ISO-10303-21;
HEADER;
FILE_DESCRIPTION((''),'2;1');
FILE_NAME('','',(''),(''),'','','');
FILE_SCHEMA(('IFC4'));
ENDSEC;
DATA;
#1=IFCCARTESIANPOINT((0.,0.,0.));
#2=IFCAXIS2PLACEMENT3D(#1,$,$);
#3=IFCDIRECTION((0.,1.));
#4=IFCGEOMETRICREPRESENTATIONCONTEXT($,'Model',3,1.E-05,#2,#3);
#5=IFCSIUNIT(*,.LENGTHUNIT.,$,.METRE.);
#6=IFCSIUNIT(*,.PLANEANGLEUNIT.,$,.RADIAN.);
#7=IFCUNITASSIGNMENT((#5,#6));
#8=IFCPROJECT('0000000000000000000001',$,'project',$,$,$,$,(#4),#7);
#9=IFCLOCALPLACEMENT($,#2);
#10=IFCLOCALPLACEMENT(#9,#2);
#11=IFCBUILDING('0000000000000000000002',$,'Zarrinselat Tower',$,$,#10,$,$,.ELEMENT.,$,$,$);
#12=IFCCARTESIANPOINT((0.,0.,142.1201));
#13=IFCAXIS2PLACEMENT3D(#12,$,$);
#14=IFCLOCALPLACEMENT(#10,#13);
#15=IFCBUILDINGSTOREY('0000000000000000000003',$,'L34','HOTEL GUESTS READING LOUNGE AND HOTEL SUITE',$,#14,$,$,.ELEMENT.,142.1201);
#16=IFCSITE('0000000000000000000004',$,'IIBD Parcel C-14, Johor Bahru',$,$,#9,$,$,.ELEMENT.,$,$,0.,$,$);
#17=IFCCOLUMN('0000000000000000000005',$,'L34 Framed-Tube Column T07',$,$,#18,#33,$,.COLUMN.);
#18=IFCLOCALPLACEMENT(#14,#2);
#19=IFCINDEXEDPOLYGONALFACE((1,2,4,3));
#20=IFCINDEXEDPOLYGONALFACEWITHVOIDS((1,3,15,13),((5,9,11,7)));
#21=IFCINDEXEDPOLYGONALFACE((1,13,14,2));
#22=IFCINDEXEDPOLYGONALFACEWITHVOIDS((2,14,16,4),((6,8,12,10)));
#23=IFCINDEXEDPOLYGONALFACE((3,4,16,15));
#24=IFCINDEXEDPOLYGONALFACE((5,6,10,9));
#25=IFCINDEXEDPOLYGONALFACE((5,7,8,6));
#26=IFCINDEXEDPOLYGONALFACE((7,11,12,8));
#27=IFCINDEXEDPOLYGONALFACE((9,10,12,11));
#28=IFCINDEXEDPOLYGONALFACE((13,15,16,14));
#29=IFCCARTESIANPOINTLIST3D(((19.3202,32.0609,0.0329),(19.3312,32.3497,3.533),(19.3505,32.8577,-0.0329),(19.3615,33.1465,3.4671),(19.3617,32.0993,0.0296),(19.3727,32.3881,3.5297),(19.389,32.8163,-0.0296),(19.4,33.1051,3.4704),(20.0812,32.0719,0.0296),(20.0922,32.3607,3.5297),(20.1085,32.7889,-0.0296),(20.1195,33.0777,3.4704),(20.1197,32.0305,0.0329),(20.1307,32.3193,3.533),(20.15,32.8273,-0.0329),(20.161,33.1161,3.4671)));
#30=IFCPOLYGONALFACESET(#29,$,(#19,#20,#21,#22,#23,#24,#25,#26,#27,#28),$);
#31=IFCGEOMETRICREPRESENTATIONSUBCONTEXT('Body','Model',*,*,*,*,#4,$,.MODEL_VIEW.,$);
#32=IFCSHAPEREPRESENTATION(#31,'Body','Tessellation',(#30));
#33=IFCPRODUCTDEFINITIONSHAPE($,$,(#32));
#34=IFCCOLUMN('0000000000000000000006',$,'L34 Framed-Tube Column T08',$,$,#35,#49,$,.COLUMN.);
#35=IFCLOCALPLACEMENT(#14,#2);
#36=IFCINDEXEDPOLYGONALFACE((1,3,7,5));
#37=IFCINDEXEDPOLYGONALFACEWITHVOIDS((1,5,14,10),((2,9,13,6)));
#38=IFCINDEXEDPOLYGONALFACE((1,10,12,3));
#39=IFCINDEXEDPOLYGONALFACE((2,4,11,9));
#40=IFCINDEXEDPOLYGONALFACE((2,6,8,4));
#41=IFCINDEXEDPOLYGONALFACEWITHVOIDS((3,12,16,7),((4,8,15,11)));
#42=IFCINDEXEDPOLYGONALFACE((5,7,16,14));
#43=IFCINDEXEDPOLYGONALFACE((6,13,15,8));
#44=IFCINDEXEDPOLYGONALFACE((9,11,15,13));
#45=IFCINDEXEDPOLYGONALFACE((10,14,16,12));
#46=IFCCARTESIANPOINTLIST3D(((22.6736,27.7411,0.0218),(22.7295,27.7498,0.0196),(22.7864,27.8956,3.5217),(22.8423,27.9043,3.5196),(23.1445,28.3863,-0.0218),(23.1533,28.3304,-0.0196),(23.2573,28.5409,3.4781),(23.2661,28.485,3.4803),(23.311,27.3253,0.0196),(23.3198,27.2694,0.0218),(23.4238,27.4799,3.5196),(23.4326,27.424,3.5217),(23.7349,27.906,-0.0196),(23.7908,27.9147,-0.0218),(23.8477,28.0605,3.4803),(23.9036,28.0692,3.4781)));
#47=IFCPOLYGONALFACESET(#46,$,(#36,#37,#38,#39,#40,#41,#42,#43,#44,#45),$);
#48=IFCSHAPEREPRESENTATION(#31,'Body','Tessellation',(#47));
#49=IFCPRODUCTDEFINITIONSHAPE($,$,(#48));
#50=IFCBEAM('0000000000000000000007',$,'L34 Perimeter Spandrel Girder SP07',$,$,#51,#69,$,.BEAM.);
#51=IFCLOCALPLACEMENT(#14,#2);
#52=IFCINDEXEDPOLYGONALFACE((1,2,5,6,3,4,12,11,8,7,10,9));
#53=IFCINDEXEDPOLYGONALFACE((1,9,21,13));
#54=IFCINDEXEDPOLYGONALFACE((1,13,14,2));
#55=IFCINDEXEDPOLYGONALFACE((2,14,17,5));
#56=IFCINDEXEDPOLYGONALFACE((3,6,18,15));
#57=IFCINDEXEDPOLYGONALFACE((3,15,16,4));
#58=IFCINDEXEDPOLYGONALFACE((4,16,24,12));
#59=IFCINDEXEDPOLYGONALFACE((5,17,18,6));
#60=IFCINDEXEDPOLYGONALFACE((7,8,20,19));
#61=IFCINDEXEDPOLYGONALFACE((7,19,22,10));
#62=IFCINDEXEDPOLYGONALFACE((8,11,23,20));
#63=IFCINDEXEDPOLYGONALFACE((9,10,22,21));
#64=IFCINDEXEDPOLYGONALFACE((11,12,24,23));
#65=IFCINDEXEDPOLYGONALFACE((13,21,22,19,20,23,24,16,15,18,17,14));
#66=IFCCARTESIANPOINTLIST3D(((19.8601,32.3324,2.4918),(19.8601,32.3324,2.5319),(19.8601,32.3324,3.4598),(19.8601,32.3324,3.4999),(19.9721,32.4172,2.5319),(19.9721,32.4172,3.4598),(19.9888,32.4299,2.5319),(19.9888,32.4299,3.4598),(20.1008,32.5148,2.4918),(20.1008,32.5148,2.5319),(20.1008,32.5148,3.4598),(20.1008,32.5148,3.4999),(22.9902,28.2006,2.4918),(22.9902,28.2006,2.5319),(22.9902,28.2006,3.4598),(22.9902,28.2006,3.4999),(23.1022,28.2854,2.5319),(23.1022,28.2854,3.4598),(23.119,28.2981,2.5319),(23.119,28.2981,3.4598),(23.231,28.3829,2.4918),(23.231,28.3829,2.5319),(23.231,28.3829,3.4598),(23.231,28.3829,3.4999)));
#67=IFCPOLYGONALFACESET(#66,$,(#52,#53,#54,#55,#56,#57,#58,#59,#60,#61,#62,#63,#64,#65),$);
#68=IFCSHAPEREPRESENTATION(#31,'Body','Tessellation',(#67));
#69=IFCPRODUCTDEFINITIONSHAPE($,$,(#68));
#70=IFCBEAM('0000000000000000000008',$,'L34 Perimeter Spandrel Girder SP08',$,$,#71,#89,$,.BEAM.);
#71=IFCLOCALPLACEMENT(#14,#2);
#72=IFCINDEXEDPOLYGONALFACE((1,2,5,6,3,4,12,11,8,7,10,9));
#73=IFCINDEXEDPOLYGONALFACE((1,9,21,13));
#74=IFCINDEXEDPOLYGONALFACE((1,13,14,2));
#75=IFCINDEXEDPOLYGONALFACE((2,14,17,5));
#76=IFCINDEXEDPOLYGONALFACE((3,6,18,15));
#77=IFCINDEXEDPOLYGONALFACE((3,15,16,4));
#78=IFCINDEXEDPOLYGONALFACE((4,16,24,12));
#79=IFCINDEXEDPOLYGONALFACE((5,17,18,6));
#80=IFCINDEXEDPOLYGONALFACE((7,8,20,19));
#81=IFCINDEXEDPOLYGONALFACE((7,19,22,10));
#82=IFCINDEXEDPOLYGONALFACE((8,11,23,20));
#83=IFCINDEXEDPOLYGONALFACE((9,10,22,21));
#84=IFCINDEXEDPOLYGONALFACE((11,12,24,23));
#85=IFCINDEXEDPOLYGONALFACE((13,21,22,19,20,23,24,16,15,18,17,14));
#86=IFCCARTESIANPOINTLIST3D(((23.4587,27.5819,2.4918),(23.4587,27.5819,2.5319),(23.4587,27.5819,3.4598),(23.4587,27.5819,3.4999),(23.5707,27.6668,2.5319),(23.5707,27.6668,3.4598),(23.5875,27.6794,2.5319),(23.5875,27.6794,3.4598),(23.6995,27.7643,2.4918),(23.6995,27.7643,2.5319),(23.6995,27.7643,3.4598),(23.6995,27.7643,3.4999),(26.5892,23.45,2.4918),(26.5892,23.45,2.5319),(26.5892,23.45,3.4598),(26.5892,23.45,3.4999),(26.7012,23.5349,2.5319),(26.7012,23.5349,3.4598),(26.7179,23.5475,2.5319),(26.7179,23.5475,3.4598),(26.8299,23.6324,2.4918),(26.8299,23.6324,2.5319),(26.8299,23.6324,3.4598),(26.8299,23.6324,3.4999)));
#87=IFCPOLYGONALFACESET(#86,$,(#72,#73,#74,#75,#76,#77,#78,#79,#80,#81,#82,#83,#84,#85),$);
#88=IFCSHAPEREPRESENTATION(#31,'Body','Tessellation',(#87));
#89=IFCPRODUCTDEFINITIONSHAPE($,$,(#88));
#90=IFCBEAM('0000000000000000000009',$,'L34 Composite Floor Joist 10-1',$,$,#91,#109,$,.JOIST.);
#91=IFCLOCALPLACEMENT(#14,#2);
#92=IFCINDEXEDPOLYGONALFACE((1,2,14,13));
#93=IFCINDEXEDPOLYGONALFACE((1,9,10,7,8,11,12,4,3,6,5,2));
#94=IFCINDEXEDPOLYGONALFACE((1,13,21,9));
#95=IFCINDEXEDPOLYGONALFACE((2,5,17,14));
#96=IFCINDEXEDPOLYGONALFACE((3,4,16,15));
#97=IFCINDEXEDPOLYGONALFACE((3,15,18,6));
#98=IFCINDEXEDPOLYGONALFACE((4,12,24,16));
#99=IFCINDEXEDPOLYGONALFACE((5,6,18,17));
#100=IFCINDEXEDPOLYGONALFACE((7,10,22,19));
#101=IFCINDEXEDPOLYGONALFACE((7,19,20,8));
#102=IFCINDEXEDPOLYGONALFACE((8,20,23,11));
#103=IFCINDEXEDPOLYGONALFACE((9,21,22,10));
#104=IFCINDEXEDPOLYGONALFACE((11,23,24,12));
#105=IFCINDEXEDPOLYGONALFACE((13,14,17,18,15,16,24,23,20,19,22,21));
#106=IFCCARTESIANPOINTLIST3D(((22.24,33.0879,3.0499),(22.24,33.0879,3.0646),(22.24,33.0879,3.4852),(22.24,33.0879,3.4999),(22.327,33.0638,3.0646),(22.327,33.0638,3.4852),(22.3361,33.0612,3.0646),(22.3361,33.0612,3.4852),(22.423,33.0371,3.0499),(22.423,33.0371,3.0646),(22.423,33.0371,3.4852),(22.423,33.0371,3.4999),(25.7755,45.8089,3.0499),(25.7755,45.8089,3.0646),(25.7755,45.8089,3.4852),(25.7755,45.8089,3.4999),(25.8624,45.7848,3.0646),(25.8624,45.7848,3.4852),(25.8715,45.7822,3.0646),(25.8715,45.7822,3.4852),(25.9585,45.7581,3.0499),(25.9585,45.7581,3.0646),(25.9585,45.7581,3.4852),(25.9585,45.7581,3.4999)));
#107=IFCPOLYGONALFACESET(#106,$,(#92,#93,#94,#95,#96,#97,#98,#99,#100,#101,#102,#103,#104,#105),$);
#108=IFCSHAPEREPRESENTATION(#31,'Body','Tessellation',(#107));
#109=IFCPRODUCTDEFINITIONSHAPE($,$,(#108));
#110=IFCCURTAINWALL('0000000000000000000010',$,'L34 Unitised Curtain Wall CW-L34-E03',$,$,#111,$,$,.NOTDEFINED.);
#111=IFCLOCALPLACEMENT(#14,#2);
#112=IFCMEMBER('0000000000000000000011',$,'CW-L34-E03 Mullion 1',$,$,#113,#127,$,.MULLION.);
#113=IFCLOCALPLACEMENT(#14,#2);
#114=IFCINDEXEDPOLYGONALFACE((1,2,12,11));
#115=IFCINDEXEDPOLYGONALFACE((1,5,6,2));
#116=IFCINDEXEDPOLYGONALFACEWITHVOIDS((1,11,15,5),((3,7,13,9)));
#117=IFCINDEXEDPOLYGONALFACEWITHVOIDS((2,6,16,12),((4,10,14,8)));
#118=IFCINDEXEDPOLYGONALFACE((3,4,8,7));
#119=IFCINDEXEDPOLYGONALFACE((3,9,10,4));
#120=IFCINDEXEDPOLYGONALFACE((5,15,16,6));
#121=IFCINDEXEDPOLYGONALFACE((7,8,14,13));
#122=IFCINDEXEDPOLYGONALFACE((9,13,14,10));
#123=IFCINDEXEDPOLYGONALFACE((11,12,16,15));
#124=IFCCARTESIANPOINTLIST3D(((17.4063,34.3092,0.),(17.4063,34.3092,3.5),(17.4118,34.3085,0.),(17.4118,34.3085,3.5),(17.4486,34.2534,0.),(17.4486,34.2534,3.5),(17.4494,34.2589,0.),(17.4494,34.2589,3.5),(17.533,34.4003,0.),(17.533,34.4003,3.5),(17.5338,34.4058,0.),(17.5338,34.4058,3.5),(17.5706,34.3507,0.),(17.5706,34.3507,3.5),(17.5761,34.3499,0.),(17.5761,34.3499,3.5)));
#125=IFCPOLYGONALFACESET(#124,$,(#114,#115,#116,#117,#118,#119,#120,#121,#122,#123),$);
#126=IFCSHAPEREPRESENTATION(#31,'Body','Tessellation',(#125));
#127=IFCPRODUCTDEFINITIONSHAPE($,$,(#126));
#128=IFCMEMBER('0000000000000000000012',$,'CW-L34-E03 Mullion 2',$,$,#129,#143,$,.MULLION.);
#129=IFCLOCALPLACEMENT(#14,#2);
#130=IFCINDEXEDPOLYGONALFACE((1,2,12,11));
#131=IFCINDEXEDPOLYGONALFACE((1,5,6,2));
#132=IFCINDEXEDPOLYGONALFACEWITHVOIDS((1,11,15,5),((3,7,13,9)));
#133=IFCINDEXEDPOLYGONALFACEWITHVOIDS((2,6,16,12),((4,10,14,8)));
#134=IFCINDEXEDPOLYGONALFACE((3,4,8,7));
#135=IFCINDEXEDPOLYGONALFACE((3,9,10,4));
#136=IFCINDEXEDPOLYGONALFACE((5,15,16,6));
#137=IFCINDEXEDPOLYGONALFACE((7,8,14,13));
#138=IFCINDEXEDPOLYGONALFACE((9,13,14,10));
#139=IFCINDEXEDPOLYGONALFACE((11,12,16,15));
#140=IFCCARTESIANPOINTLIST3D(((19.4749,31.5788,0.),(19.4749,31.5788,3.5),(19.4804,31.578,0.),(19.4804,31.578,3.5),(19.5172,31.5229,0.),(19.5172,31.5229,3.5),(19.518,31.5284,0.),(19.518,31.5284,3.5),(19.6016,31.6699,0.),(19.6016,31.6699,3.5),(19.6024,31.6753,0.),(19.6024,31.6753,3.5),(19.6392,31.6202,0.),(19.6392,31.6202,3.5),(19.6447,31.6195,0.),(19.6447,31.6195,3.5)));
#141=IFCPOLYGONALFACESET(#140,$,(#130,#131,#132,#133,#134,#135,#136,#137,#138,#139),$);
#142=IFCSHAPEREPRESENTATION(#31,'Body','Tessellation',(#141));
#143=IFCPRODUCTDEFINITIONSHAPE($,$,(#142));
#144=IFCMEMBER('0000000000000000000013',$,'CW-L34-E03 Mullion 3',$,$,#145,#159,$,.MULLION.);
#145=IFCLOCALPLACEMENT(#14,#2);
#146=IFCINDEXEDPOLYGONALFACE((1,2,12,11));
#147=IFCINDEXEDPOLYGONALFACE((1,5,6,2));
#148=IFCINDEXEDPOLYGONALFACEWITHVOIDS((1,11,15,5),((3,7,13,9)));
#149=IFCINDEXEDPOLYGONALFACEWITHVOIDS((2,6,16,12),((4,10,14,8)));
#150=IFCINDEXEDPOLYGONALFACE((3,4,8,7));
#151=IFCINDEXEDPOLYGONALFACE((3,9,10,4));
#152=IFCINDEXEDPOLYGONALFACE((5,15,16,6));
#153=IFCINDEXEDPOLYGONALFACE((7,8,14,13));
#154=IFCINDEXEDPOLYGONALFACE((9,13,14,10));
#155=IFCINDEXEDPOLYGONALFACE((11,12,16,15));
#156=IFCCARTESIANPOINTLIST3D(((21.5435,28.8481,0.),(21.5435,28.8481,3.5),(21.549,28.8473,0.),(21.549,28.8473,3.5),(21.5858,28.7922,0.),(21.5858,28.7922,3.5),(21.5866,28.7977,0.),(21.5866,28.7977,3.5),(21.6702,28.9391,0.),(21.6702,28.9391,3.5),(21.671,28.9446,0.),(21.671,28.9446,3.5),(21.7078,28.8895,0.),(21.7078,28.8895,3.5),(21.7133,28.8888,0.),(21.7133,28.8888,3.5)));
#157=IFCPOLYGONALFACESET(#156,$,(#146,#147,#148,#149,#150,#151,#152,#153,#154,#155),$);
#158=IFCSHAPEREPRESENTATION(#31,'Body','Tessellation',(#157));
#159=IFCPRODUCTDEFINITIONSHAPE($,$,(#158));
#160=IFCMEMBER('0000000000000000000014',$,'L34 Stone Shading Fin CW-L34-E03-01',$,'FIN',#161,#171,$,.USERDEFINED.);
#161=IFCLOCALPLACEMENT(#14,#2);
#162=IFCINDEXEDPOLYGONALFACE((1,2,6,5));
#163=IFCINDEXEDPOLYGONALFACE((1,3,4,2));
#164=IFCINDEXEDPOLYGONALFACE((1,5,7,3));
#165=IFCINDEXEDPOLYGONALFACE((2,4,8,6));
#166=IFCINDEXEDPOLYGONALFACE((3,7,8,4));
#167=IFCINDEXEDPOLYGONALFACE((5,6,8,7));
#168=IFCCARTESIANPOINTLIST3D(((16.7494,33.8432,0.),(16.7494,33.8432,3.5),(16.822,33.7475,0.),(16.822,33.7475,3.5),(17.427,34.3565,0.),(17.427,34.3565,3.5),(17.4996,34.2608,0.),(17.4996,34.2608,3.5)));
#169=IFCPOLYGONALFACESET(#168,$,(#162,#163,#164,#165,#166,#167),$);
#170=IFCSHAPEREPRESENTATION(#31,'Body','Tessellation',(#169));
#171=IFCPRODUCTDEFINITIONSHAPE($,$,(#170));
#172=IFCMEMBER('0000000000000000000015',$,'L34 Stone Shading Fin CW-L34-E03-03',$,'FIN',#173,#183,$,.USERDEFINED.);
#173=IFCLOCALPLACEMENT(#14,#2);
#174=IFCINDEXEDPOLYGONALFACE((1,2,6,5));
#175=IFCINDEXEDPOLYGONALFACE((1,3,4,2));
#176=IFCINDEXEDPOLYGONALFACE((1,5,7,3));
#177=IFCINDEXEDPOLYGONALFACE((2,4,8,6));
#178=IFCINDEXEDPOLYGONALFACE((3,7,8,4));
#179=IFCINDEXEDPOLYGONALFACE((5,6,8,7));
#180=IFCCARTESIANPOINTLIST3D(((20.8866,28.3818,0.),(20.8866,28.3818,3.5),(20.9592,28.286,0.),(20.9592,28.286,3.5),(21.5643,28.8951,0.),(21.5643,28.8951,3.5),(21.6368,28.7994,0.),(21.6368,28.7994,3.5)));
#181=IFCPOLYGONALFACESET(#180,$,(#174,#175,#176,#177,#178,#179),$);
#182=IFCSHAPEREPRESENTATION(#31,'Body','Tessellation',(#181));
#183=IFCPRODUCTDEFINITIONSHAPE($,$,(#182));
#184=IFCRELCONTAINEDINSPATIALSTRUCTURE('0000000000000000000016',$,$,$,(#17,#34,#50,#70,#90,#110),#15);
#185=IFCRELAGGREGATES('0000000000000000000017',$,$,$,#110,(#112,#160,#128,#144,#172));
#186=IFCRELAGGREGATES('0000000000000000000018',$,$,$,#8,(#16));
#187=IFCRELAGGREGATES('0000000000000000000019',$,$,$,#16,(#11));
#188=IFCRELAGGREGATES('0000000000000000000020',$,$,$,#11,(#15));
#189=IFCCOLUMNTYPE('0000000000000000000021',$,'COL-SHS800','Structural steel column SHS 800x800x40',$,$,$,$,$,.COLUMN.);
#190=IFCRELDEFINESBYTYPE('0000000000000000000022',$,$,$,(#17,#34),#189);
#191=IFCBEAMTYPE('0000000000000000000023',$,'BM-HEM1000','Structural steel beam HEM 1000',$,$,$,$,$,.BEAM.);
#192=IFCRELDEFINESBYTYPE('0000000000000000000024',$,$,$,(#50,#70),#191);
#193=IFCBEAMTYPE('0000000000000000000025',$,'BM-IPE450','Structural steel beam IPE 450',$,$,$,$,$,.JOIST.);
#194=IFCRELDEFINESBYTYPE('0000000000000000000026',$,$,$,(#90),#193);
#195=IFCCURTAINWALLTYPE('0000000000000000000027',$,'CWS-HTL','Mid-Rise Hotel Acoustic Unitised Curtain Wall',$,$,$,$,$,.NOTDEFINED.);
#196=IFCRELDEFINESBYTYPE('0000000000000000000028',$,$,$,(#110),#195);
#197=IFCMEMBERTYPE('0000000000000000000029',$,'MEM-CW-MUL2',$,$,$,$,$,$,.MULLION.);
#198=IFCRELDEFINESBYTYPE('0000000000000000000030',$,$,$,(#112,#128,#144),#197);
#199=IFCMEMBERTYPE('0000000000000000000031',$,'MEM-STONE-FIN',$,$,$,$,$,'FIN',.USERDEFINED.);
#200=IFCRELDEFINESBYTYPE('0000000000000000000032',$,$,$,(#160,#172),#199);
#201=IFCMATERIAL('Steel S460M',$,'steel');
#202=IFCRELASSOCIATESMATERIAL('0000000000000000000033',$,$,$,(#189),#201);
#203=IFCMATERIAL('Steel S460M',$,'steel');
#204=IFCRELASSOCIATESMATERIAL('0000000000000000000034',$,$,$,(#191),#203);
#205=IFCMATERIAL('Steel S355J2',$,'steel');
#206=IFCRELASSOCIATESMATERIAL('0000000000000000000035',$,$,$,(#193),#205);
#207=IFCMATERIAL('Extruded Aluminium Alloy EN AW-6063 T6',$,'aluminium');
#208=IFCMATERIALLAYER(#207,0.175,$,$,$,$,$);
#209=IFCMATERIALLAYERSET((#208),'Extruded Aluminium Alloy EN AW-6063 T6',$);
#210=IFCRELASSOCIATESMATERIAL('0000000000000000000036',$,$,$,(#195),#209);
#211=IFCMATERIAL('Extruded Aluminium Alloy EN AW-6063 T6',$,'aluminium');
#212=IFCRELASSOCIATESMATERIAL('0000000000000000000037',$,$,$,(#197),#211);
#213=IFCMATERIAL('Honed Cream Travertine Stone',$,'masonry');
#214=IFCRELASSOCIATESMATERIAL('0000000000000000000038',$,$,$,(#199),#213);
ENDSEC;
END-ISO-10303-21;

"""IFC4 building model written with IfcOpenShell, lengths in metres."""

from ifc_helpers import new_model, si_unit, direction, frame, origin, origin_2d, place, context, subcontext, project, spatial, rectangle, hollow_rectangle, i_section, extrude, material, layer, layer_set, material_profile, profile_set, type_object, element, aggregate, save


model = new_model("IFC4")

# Units and contexts
model_context = context("Model", 3, precision=1e-05, world=origin(), true_north=direction((0.0, 1.0)))
body_context = subcontext(model_context, "Body", "Model", "MODEL_VIEW")
ifc_project = project(units=[si_unit("LENGTHUNIT", "METRE"), si_unit("PLANEANGLEUNIT", "RADIAN")], contexts=[model_context])

# Site, building, storey
site_placement = place(None, origin())
site = spatial("IfcSite", under=ifc_project, at=site_placement, Name="IIBD Parcel C-14, Johor Bahru", CompositionType="ELEMENT", RefElevation=0.0)
building_placement = place(site_placement, origin())
building = spatial("IfcBuilding", under=site, at=building_placement, Name="Zarrinselat Tower", CompositionType="ELEMENT")
storey_placement = place(building_placement, frame((0.0, 0.0, 142.1201)))
storey = spatial("IfcBuildingStorey", under=building, at=storey_placement, Name="L34", Description="HOTEL GUESTS READING LOUNGE AND HOTEL SUITE", CompositionType="ELEMENT", Elevation=142.1201)

# Columns
ifc_material_1 = material(Name="Steel S460M", Category="steel")
ifc_material_profile_1 = material_profile(ifc_material_1, hollow_rectangle(XDim=0.8, YDim=0.8, WallThickness=0.04, at=origin_2d()), Name="SHS 800x800x40")
ifc_profile_set_1 = profile_set([ifc_material_profile_1], Name="Steel S460M")
column_type = type_object("IfcColumnType", Name="COL-SHS800", Description="Structural steel column SHS 800x800x40", PredefinedType="COLUMN", material=ifc_profile_set_1)
column_1_placement = place(storey_placement, frame((19.7351, 32.4441, 0.0), z_axis=(0.003128, 0.08224, 0.996608), x_axis=(-0.999277, 0.038011, 0.0)))
element("IfcColumn", 1, at=column_1_placement, inside=storey, type_object=column_type, Name="L34 Framed-Tube Column T07", PredefinedType="COLUMN", context=body_context, shape_type="SweptSolid", body=[
    extrude(hollow_rectangle(XDim=0.8, YDim=0.8, WallThickness=0.04, at=origin_2d()), origin(), (0.0, 0.0, 1.0), 3.512),
])
column_2_placement = place(storey_placement, frame((23.2322, 27.8279, 0.0), z_axis=(0.032179, 0.044089, 0.998509), x_axis=(-0.807742, 0.589537, 0.0)))
element("IfcColumn", 2, at=column_2_placement, inside=storey, type_object=column_type, Name="L34 Framed-Tube Column T08", PredefinedType="COLUMN", context=body_context, shape_type="SweptSolid", body=[
    extrude(hollow_rectangle(XDim=0.8, YDim=0.8, WallThickness=0.04, at=origin_2d()), origin(), (0.0, 0.0, 1.0), 3.5051),
])

# Beams
ifc_material_2 = material(Name="Steel S460M", Category="steel")
ifc_material_profile_2 = material_profile(ifc_material_2, i_section(OverallWidth=0.302, OverallDepth=1.0081, WebThickness=0.021, FlangeThickness=0.04, at=origin_2d()), Name="HEM 1000")
ifc_profile_set_2 = profile_set([ifc_material_profile_2], Name="Steel S460M")
beam_type_1 = type_object("IfcBeamType", Name="BM-HEM1000", Description="Structural steel beam HEM 1000", PredefinedType="BEAM", material=ifc_profile_set_2)
beam_1_placement = place(storey_placement, frame((19.9805, 32.4236, 2.9958), z_axis=(0.603851, -0.797097, 0.0), x_axis=(0.797097, 0.603851, 0.0)))
element("IfcBeam", 3, at=beam_1_placement, inside=storey, type_object=beam_type_1, Name="L34 Perimeter Spandrel Girder SP07", PredefinedType="BEAM", context=body_context, shape_type="SweptSolid", body=[
    extrude(i_section(OverallWidth=0.302, OverallDepth=1.0081, WebThickness=0.021, FlangeThickness=0.04, at=origin_2d()), origin(), (0.0, 0.0, 1.0), 5.1836),
])
beam_2_placement = place(storey_placement, frame((23.5791, 27.6731, 2.9958), z_axis=(0.603881, -0.797074, 0.0), x_axis=(0.797074, 0.603881, 0.0)))
element("IfcBeam", 4, at=beam_2_placement, inside=storey, type_object=beam_type_1, Name="L34 Perimeter Spandrel Girder SP08", PredefinedType="BEAM", context=body_context, shape_type="SweptSolid", body=[
    extrude(i_section(OverallWidth=0.302, OverallDepth=1.0081, WebThickness=0.021, FlangeThickness=0.04, at=origin_2d()), origin(), (0.0, 0.0, 1.0), 5.1838),
])
ifc_material_3 = material(Name="Steel S355J2", Category="steel")
ifc_material_profile_3 = material_profile(ifc_material_3, i_section(OverallWidth=0.1899, OverallDepth=0.45, WebThickness=0.0095, FlangeThickness=0.0146, at=origin_2d()), Name="IPE 450")
ifc_profile_set_3 = profile_set([ifc_material_profile_3], Name="Steel S355J2")
beam_type_2 = type_object("IfcBeamType", Name="BM-IPE450", Description="Structural steel beam IPE 450", PredefinedType="JOIST", material=ifc_profile_set_3)
beam_3_placement = place(storey_placement, frame((22.3315, 33.0625, 3.2749), z_axis=(0.267771, 0.963483, 0.0), x_axis=(-0.963483, 0.267771, 0.0)))
element("IfcBeam", 5, at=beam_3_placement, inside=storey, type_object=beam_type_2, Name="L34 Composite Floor Joist 10-1", PredefinedType="JOIST", context=body_context, shape_type="SweptSolid", body=[
    extrude(i_section(OverallWidth=0.1899, OverallDepth=0.45, WebThickness=0.0095, FlangeThickness=0.0146, at=origin_2d()), origin(), (0.0, 0.0, 1.0), 13.2031),
])

# Curtain wall, members
ifc_material_4 = material(Name="Extruded Aluminium Alloy EN AW-6063 T6", Category="aluminium")
ifc_layer_1 = layer(ifc_material_4, 0.175)
ifc_layer_set_1 = layer_set([ifc_layer_1], Name="Extruded Aluminium Alloy EN AW-6063 T6")
curtain_wall_type = type_object("IfcCurtainWallType", Name="CWS-HTL", Description="Mid-Rise Hotel Acoustic Unitised Curtain Wall", PredefinedType="NOTDEFINED", material=ifc_layer_set_1)
curtain_wall_placement = place(storey_placement, origin())
curtain_wall = element("IfcCurtainWall", 6, at=curtain_wall_placement, inside=storey, type_object=curtain_wall_type, Name="L34 Unitised Curtain Wall CW-L34-E03", PredefinedType="NOTDEFINED")
ifc_material_5 = material(Name="Extruded Aluminium Alloy EN AW-6063 T6", Category="aluminium")
ifc_material_profile_4 = material_profile(ifc_material_5, hollow_rectangle(XDim=0.0701, YDim=0.1599, WallThickness=0.0039, at=origin_2d()), Name="RHS 160x70x4")
ifc_profile_set_4 = profile_set([ifc_material_profile_4], Name="Extruded Aluminium Alloy EN AW-6063 T6")
member_type_1 = type_object("IfcMemberType", Name="MEM-CW-MUL2", PredefinedType="MULLION", material=ifc_profile_set_4)
member_1_placement = place(storey_placement, frame((17.4912, 34.3296, 0.0), z_axis=(0.0, 0.0, 1.0), x_axis=(0.603856, -0.797094, 0.0)))
member_1 = element("IfcMember", 7, at=member_1_placement, type_object=member_type_1, Name="CW-L34-E03 Mullion 1", PredefinedType="MULLION", context=body_context, shape_type="SweptSolid", body=[
    extrude(hollow_rectangle(XDim=0.0701, YDim=0.1599, WallThickness=0.0039, at=origin_2d()), origin(), (0.0, 0.0, 1.0), 3.5),
])
member_2_placement = place(storey_placement, frame((19.5598, 31.5991, 0.0), z_axis=(0.0, 0.0, 1.0), x_axis=(0.603856, -0.797094, 0.0)))
member_2 = element("IfcMember", 8, at=member_2_placement, type_object=member_type_1, Name="CW-L34-E03 Mullion 2", PredefinedType="MULLION", context=body_context, shape_type="SweptSolid", body=[
    extrude(hollow_rectangle(XDim=0.0701, YDim=0.1599, WallThickness=0.0039, at=origin_2d()), origin(), (0.0, 0.0, 1.0), 3.5),
])
member_3_placement = place(storey_placement, frame((21.6284, 28.8684, 0.0), z_axis=(0.0, 0.0, 1.0), x_axis=(0.603856, -0.797094, 0.0)))
member_3 = element("IfcMember", 9, at=member_3_placement, type_object=member_type_1, Name="CW-L34-E03 Mullion 3", PredefinedType="MULLION", context=body_context, shape_type="SweptSolid", body=[
    extrude(hollow_rectangle(XDim=0.0701, YDim=0.1599, WallThickness=0.0039, at=origin_2d()), origin(), (0.0, 0.0, 1.0), 3.5),
])
ifc_material_6 = material(Name="Honed Cream Travertine Stone", Category="masonry")
ifc_material_profile_5 = material_profile(ifc_material_6, rectangle(XDim=0.1201, YDim=0.8501, at=origin_2d()), Name="FIN 850x120")
ifc_profile_set_5 = profile_set([ifc_material_profile_5], Name="Honed Cream Travertine Stone")
member_type_2 = type_object("IfcMemberType", Name="MEM-STONE-FIN", ElementType="FIN", PredefinedType="USERDEFINED", material=ifc_profile_set_5)
member_4_placement = place(storey_placement, frame((17.1245, 34.052, 0.0), z_axis=(0.0, 0.0, 1.0), x_axis=(-0.603856, 0.797094, 0.0)))
member_4 = element("IfcMember", 10, at=member_4_placement, type_object=member_type_2, Name="L34 Stone Shading Fin CW-L34-E03-01", ObjectType="FIN", PredefinedType="USERDEFINED", context=body_context, shape_type="SweptSolid", body=[
    extrude(rectangle(XDim=0.1201, YDim=0.8501, at=origin_2d()), origin(), (0.0, 0.0, 1.0), 3.5),
])
member_5_placement = place(storey_placement, frame((21.2617, 28.5906, 0.0), z_axis=(0.0, 0.0, 1.0), x_axis=(-0.603856, 0.797094, 0.0)))
member_5 = element("IfcMember", 11, at=member_5_placement, type_object=member_type_2, Name="L34 Stone Shading Fin CW-L34-E03-03", ObjectType="FIN", PredefinedType="USERDEFINED", context=body_context, shape_type="SweptSolid", body=[
    extrude(rectangle(XDim=0.1201, YDim=0.8501, at=origin_2d()), origin(), (0.0, 0.0, 1.0), 3.5),
])
aggregate(curtain_wall, [member_1, member_4, member_2, member_3, member_5])

save(model, "model.ifc")
